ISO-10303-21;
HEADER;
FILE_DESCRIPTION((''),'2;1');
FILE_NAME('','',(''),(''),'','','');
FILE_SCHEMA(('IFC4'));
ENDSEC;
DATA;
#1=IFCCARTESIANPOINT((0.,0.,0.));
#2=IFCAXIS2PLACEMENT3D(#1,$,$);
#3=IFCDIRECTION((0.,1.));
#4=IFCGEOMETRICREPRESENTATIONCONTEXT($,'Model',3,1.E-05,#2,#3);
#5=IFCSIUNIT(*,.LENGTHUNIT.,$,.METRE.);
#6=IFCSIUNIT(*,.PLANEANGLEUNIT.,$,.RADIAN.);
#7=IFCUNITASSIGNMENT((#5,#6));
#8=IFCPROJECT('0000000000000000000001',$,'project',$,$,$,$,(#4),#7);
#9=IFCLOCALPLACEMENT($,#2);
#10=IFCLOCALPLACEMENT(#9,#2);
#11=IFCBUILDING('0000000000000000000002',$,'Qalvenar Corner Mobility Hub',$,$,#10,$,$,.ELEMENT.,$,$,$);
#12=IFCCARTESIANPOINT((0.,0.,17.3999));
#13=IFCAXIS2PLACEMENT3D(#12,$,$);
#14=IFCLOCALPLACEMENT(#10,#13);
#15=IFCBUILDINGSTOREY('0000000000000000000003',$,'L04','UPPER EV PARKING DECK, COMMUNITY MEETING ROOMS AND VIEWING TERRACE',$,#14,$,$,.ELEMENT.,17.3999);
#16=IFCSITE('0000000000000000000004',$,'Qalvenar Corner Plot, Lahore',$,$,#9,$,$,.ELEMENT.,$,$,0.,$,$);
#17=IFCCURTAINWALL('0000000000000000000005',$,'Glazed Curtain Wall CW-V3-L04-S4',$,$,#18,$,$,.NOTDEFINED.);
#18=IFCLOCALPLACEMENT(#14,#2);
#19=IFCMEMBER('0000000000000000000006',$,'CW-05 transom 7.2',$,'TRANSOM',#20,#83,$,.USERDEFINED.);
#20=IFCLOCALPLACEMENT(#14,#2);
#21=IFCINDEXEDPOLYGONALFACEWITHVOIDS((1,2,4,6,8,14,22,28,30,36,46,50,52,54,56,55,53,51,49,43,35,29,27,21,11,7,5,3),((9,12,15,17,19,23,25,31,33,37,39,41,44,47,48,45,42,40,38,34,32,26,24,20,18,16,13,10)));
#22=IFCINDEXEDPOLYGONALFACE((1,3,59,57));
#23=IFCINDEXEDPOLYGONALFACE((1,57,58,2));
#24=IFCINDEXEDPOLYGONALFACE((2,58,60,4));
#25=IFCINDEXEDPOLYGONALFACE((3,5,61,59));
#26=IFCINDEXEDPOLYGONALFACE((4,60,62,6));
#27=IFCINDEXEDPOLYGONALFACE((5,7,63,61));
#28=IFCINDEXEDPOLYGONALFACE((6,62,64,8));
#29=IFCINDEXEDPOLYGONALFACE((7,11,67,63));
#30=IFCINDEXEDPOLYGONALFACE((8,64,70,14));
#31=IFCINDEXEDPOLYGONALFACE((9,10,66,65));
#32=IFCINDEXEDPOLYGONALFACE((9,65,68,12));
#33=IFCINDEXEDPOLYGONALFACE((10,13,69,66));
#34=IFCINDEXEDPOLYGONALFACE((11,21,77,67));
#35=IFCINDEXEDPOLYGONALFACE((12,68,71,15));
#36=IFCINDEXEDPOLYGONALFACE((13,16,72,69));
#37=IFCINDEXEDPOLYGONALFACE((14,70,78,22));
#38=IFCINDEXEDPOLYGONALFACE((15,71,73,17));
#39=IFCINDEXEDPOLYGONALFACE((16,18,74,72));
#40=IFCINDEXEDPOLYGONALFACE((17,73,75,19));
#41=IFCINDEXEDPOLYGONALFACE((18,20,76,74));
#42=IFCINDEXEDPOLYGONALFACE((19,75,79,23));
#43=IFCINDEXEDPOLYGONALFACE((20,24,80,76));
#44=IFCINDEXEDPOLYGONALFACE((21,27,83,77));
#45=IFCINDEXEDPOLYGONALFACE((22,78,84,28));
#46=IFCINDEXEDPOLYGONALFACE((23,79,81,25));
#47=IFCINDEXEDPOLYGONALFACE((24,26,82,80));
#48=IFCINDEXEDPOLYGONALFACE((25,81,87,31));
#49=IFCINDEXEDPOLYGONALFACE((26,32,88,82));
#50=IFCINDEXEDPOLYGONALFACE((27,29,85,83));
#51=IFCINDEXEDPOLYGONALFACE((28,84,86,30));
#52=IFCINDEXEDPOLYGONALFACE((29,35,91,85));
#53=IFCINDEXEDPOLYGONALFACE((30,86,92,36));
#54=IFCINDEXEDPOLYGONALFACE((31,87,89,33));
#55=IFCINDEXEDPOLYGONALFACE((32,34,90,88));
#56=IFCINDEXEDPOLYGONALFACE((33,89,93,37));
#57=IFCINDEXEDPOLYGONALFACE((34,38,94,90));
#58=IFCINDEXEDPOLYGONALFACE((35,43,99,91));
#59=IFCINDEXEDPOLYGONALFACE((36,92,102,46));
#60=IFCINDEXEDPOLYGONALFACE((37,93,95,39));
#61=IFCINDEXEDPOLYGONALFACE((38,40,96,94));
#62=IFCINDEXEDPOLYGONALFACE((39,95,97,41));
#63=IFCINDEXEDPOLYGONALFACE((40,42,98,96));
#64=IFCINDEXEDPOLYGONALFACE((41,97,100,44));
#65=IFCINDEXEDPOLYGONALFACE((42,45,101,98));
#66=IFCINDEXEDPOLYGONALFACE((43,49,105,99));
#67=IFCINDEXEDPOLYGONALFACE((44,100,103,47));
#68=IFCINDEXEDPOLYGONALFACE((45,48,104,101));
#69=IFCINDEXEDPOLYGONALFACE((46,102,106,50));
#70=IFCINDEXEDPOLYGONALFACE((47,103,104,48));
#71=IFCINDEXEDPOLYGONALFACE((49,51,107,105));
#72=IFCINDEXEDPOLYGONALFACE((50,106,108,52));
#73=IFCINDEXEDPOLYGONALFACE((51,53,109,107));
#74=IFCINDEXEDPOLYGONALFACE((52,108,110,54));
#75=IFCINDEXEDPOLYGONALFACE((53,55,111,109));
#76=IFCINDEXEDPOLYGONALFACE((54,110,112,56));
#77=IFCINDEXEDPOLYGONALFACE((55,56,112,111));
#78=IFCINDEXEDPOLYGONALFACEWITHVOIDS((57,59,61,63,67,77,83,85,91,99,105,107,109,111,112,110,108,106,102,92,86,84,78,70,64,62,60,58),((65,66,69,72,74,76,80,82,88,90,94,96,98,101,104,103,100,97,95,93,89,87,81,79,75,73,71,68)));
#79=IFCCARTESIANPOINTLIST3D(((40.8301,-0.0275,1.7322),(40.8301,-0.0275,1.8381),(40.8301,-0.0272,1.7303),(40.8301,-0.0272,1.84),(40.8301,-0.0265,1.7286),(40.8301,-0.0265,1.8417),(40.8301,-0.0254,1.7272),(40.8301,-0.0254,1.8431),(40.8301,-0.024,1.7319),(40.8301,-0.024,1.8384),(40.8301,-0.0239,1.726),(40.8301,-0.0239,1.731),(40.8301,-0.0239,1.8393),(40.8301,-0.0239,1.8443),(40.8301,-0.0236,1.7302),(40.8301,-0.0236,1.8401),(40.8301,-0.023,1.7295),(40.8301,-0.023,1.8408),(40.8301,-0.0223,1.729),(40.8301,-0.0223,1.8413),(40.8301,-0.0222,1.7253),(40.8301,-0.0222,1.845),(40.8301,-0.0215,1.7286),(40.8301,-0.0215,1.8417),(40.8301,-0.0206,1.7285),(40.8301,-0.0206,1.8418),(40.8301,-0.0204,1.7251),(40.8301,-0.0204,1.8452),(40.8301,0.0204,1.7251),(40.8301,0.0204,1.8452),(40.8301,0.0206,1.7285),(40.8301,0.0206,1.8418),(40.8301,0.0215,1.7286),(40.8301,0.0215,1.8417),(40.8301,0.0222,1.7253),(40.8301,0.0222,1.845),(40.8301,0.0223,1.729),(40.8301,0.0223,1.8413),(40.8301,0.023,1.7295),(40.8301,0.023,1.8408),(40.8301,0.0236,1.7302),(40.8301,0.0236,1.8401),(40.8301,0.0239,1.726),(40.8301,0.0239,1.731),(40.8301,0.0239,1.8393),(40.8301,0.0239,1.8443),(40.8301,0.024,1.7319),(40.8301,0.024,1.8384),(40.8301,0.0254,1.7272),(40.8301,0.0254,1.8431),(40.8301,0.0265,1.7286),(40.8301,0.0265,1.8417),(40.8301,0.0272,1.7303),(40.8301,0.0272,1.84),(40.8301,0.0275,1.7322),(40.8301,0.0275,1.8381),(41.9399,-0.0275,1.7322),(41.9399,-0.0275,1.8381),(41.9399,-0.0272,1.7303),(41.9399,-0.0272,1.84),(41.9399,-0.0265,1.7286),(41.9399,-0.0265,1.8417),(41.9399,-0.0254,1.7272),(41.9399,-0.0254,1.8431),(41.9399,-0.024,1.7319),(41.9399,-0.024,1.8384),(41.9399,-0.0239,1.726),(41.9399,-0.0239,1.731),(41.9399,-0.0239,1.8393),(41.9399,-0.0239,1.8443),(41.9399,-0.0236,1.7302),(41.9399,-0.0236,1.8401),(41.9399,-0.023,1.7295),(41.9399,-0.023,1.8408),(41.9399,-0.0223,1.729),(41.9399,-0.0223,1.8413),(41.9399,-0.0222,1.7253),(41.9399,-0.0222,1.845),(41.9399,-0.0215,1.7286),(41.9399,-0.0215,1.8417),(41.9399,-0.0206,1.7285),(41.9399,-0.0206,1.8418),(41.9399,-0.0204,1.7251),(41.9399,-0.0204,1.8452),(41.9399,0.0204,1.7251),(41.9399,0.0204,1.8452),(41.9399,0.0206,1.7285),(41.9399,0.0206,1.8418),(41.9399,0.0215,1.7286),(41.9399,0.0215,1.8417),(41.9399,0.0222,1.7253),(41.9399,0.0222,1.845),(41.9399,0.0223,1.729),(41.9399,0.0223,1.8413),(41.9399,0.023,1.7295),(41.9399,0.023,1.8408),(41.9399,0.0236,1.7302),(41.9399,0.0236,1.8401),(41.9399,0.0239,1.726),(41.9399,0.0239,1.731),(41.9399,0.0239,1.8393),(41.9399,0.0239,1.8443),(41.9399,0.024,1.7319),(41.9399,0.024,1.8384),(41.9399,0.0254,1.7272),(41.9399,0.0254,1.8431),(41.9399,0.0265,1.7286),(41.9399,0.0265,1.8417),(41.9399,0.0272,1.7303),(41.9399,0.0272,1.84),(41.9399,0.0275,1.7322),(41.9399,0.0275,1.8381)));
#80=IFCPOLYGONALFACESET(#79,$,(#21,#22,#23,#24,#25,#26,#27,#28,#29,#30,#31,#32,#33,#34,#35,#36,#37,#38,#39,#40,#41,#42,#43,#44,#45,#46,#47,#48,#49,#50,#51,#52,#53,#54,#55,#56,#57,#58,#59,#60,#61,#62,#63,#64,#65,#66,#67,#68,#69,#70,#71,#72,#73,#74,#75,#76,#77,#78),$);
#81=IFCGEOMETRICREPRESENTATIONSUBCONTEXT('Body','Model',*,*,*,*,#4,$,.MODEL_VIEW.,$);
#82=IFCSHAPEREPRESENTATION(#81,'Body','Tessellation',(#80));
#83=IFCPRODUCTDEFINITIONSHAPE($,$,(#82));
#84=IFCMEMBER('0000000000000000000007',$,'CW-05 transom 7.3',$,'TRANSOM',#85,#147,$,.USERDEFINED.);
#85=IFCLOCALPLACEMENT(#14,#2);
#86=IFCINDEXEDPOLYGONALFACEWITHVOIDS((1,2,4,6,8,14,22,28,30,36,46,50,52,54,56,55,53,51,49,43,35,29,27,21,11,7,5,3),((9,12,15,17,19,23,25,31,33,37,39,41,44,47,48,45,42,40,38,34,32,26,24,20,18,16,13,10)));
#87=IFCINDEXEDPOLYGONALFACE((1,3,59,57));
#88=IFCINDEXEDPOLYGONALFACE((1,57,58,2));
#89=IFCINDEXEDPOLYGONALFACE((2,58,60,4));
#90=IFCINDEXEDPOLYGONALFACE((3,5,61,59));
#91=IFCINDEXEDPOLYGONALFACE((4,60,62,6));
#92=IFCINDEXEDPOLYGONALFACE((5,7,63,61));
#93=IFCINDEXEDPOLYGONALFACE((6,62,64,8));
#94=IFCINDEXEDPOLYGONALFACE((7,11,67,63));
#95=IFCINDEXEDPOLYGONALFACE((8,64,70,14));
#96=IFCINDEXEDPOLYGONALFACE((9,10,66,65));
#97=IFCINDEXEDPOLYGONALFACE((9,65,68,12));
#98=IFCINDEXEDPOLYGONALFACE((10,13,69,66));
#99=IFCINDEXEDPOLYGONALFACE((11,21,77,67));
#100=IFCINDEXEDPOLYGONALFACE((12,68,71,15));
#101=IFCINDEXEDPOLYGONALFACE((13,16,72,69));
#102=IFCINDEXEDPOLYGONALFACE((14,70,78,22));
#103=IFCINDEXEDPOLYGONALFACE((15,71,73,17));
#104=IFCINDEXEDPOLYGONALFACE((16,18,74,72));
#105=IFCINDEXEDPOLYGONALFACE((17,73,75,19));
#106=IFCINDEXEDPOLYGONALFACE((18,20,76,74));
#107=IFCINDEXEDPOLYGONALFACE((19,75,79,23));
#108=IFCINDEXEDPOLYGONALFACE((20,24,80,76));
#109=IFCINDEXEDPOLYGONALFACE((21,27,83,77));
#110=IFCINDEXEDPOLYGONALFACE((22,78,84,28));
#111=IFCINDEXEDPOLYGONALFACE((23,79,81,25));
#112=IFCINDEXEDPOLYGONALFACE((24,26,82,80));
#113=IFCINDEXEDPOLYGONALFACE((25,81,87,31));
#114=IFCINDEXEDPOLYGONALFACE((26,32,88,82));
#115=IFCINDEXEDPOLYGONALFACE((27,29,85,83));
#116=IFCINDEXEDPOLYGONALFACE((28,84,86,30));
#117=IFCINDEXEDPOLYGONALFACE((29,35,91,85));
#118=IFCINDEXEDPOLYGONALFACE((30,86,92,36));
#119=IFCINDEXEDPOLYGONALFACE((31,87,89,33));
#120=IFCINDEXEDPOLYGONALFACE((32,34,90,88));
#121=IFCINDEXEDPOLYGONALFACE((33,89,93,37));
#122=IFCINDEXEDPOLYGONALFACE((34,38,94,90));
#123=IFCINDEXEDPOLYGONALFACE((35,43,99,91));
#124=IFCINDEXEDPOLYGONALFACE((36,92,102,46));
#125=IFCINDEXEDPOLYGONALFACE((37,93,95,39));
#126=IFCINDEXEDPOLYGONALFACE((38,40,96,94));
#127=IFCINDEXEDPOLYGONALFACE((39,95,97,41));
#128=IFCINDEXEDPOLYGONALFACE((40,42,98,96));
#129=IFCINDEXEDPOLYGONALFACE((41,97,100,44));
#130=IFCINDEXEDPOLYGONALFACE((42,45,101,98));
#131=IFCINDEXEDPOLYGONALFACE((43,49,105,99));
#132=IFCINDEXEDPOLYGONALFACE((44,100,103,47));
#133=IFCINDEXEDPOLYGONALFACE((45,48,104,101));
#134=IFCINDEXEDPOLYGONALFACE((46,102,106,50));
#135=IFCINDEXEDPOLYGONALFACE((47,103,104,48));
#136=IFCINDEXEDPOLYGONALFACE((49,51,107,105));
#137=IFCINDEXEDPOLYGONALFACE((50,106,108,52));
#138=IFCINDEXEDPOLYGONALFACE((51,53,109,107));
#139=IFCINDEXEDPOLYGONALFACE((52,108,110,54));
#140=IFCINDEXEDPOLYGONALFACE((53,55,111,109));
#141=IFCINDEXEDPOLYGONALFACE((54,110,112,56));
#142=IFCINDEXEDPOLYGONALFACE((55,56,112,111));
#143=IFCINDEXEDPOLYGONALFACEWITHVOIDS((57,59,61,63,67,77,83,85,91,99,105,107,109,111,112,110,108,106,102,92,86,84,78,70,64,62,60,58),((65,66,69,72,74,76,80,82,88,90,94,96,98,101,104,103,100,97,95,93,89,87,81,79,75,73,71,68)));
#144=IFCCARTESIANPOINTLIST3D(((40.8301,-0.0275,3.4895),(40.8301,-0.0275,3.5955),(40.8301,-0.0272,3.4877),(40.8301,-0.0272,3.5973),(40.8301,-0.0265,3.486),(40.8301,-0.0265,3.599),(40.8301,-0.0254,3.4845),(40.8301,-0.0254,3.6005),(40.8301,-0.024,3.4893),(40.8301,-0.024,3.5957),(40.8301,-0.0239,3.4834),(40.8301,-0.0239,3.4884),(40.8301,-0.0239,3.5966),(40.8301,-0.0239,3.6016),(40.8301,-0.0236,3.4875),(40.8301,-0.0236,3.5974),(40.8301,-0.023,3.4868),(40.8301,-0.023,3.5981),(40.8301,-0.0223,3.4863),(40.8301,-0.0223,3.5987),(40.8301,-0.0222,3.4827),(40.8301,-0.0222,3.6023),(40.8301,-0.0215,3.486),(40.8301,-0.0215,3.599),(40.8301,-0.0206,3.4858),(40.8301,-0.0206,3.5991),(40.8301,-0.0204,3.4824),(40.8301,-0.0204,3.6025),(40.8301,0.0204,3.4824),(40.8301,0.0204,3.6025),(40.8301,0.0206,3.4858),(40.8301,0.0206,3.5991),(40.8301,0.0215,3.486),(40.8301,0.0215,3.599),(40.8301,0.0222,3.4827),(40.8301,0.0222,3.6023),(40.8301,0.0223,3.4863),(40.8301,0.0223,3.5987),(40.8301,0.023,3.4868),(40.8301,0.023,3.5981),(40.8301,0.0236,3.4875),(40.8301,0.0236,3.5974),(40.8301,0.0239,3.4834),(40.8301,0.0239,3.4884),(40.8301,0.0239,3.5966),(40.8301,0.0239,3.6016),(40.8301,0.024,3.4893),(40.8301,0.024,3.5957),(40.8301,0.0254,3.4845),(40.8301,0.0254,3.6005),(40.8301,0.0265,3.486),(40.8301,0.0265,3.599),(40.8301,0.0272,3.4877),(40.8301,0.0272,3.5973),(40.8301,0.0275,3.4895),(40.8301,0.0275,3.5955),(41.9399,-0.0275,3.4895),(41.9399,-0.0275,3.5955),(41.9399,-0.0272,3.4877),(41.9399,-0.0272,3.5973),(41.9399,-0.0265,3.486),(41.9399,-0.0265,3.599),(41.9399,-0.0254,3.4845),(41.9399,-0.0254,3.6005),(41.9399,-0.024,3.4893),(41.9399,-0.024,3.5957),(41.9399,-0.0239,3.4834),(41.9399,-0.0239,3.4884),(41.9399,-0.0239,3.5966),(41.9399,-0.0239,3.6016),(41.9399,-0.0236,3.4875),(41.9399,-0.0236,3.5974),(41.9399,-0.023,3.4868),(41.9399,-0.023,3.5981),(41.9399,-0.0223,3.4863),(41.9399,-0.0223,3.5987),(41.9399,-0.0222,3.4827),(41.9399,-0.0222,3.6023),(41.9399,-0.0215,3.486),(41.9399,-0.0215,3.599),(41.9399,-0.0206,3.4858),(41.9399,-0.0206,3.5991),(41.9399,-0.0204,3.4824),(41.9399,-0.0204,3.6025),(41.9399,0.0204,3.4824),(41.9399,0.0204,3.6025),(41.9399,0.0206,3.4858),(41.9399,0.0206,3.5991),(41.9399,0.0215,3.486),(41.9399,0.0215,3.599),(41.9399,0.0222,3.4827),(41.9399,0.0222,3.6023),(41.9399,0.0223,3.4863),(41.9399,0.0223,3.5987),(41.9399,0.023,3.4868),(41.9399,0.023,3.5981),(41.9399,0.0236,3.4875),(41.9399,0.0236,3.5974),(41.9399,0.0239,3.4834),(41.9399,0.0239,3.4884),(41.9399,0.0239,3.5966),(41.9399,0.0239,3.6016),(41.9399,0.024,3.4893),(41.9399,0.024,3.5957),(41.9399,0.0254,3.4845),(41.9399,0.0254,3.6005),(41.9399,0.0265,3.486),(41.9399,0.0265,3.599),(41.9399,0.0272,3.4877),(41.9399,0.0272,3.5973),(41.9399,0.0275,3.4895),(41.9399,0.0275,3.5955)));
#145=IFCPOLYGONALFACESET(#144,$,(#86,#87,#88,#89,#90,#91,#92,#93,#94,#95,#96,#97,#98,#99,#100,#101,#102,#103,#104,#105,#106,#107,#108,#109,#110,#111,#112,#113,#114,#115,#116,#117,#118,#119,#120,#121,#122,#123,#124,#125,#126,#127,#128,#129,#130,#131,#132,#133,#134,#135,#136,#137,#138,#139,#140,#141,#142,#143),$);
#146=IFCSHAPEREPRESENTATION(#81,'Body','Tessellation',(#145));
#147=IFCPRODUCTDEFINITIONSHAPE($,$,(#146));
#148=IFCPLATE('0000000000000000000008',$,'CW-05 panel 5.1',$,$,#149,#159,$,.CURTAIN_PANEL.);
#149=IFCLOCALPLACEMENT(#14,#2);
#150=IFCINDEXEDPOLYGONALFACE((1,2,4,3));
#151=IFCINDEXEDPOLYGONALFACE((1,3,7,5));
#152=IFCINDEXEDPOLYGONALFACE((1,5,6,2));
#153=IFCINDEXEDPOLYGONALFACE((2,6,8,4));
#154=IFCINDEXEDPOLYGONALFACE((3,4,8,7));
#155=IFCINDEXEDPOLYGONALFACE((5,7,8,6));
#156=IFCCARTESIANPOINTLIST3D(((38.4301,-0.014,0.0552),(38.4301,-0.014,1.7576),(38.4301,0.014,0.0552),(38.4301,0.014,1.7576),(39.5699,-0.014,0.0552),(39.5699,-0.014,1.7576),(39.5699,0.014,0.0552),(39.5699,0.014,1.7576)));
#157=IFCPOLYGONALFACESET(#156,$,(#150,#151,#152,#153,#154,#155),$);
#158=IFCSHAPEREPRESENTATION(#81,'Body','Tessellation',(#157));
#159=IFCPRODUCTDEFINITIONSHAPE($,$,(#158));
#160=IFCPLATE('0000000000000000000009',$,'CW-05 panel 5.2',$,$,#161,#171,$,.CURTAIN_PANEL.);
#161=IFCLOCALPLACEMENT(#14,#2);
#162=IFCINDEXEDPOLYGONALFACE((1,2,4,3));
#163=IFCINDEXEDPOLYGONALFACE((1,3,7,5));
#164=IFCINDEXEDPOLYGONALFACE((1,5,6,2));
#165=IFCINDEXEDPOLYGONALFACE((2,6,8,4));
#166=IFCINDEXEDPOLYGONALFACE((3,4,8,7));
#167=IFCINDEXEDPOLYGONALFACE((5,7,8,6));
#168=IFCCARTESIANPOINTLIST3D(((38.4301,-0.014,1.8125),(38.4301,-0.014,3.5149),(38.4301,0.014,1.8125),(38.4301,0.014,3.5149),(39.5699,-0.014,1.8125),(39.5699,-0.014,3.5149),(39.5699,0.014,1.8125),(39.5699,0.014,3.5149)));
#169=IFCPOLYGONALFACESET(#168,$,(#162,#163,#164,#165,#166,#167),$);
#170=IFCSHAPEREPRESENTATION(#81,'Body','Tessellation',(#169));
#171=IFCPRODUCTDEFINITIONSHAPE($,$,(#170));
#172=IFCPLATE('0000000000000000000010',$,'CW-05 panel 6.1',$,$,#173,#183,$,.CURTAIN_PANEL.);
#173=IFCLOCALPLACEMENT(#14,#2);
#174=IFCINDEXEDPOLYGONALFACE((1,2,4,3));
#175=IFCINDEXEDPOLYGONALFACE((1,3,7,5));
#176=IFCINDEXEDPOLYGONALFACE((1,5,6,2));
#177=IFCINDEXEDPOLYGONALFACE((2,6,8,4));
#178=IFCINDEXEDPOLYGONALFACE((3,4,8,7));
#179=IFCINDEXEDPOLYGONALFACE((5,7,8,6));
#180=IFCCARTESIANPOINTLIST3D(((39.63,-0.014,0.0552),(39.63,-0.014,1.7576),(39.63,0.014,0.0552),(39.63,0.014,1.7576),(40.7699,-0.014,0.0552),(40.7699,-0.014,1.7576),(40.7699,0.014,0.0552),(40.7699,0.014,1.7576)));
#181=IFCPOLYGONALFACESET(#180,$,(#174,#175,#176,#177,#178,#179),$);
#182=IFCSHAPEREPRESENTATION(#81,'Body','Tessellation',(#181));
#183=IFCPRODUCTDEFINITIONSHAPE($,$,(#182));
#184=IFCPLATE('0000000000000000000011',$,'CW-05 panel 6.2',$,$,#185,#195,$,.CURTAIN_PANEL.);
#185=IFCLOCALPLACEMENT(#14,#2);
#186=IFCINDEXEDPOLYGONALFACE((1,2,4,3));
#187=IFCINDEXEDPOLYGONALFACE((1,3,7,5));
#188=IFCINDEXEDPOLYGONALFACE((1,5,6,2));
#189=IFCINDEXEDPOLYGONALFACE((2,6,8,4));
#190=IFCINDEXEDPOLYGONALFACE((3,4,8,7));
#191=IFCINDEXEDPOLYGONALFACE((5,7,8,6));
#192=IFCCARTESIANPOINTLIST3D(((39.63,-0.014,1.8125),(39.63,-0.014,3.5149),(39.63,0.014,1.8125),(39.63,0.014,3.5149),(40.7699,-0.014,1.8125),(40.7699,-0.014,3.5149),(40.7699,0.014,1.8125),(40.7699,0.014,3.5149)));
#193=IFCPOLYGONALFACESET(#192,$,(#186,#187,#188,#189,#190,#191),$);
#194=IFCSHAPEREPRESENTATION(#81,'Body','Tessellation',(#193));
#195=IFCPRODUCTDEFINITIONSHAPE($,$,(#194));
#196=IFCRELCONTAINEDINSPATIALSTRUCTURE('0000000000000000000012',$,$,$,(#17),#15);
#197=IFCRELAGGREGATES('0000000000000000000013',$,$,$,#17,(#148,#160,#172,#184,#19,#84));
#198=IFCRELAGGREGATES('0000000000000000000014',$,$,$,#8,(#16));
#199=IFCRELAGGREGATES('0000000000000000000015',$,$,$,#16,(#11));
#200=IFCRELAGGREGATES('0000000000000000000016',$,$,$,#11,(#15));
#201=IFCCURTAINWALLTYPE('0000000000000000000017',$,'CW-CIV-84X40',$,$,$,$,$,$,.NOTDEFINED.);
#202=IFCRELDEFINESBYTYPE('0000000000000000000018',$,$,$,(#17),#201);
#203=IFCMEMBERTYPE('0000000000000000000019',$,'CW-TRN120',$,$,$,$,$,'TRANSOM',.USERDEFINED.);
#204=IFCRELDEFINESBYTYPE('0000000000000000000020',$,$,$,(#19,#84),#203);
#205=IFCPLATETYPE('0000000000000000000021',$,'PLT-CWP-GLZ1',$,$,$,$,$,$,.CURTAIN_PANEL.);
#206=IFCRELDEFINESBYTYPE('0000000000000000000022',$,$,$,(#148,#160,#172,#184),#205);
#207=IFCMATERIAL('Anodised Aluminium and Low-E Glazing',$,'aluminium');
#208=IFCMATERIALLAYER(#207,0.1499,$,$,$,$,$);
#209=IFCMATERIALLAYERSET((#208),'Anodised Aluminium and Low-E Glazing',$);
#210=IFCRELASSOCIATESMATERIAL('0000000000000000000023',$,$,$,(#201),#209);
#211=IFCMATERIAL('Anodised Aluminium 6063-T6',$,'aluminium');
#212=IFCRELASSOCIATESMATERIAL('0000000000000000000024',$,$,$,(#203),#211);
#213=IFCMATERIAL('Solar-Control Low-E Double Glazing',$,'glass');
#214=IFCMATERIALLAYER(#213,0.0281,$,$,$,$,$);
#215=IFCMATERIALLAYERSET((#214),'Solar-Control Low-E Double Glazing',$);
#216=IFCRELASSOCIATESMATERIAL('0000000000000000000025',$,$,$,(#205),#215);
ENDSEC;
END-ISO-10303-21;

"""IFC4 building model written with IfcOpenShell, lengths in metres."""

from ifc_helpers import new_model, si_unit, direction, frame, origin, origin_2d, place, context, subcontext, project, spatial, rectangle, hollow_rectangle, extrude, material, layer, layer_set, material_profile, profile_set, type_object, element, aggregate, save


model = new_model("IFC4")

# Units and contexts
model_context = context("Model", 3, precision=1e-05, world=origin(), true_north=direction((0.0, 1.0)))
body_context = subcontext(model_context, "Body", "Model", "MODEL_VIEW")
ifc_project = project(units=[si_unit("LENGTHUNIT", "METRE"), si_unit("PLANEANGLEUNIT", "RADIAN")], contexts=[model_context])

# Site, building, storey
site_placement = place(None, origin())
site = spatial("IfcSite", under=ifc_project, at=site_placement, Name="Qalvenar Corner Plot, Lahore", CompositionType="ELEMENT", RefElevation=0.0)
building_placement = place(site_placement, origin())
building = spatial("IfcBuilding", under=site, at=building_placement, Name="Qalvenar Corner Mobility Hub", CompositionType="ELEMENT")
storey_placement = place(building_placement, frame((0.0, 0.0, 17.3999)))
storey = spatial("IfcBuildingStorey", under=building, at=storey_placement, Name="L04", Description="UPPER EV PARKING DECK, COMMUNITY MEETING ROOMS AND VIEWING TERRACE", CompositionType="ELEMENT", Elevation=17.3999)

# Curtain wall, members, plates
ifc_material_1 = material(Name="Anodised Aluminium and Low-E Glazing", Category="aluminium")
ifc_layer_1 = layer(ifc_material_1, 0.1499)
ifc_layer_set_1 = layer_set([ifc_layer_1], Name="Anodised Aluminium and Low-E Glazing")
curtain_wall_type = type_object("IfcCurtainWallType", Name="CW-CIV-84X40", PredefinedType="NOTDEFINED", material=ifc_layer_set_1)
curtain_wall_placement = place(storey_placement, origin())
curtain_wall = element("IfcCurtainWall", 1, at=curtain_wall_placement, inside=storey, type_object=curtain_wall_type, Name="Glazed Curtain Wall CW-V3-L04-S4", PredefinedType="NOTDEFINED")
ifc_material_2 = material(Name="Anodised Aluminium 6063-T6", Category="aluminium")
ifc_material_profile_1 = material_profile(ifc_material_2, hollow_rectangle(XDim=0.0549, YDim=0.1201, WallThickness=0.0034, InnerFilletRadius=0.0034, OuterFilletRadius=0.0071, at=origin_2d()), Name="RHS120x55x3.5")
ifc_profile_set_1 = profile_set([ifc_material_profile_1], Name="Anodised Aluminium 6063-T6")
member_type_1 = type_object("IfcMemberType", Name="CW-TRN120", ElementType="TRANSOM", PredefinedType="USERDEFINED", material=ifc_profile_set_1)
member_1_placement = place(storey_placement, frame((40.8301, 0.0, 1.7852), z_axis=(1.0, 0.0, 0.0), x_axis=(0.0, 1.0, 0.0)))
member_1 = element("IfcMember", 2, at=member_1_placement, type_object=member_type_1, Name="CW-05 transom 7.2", ObjectType="TRANSOM", PredefinedType="USERDEFINED", context=body_context, shape_type="SweptSolid", body=[
    extrude(hollow_rectangle(XDim=0.0549, YDim=0.1201, WallThickness=0.0034, InnerFilletRadius=0.0034, OuterFilletRadius=0.0071, at=origin_2d()), origin(), (0.0, 0.0, 1.0), 1.1099),
])
member_2_placement = place(storey_placement, frame((40.8301, 0.0, 3.5425), z_axis=(1.0, 0.0, 0.0), x_axis=(0.0, 1.0, 0.0)))
member_2 = element("IfcMember", 3, at=member_2_placement, type_object=member_type_1, Name="CW-05 transom 7.3", ObjectType="TRANSOM", PredefinedType="USERDEFINED", context=body_context, shape_type="SweptSolid", body=[
    extrude(hollow_rectangle(XDim=0.0549, YDim=0.1201, WallThickness=0.0034, InnerFilletRadius=0.0034, OuterFilletRadius=0.0071, at=origin_2d()), origin(), (0.0, 0.0, 1.0), 1.1099),
])
ifc_material_3 = material(Name="Solar-Control Low-E Double Glazing", Category="glass")
ifc_layer_2 = layer(ifc_material_3, 0.0281)
ifc_layer_set_2 = layer_set([ifc_layer_2], Name="Solar-Control Low-E Double Glazing")
plate_type = type_object("IfcPlateType", Name="PLT-CWP-GLZ1", PredefinedType="CURTAIN_PANEL", material=ifc_layer_set_2)
plate_1_placement = place(storey_placement, frame((39.0, 0.0, 0.0552), z_axis=(0.0, 0.0, 1.0), x_axis=(1.0, 0.0, 0.0)))
plate_1 = element("IfcPlate", 4, at=plate_1_placement, type_object=plate_type, Name="CW-05 panel 5.1", PredefinedType="CURTAIN_PANEL", context=body_context, shape_type="SweptSolid", body=[
    extrude(rectangle(XDim=1.1399, YDim=0.0281, at=origin_2d()), origin(), (0.0, 0.0, 1.0), 1.7024),
])
plate_2_placement = place(storey_placement, frame((39.0, 0.0, 1.8125), z_axis=(0.0, 0.0, 1.0), x_axis=(1.0, 0.0, 0.0)))
plate_2 = element("IfcPlate", 5, at=plate_2_placement, type_object=plate_type, Name="CW-05 panel 5.2", PredefinedType="CURTAIN_PANEL", context=body_context, shape_type="SweptSolid", body=[
    extrude(rectangle(XDim=1.1399, YDim=0.0281, at=origin_2d()), origin(), (0.0, 0.0, 1.0), 1.7024),
])
plate_3_placement = place(storey_placement, frame((40.2, 0.0, 0.0552), z_axis=(0.0, 0.0, 1.0), x_axis=(1.0, 0.0, 0.0)))
plate_3 = element("IfcPlate", 6, at=plate_3_placement, type_object=plate_type, Name="CW-05 panel 6.1", PredefinedType="CURTAIN_PANEL", context=body_context, shape_type="SweptSolid", body=[
    extrude(rectangle(XDim=1.1399, YDim=0.0281, at=origin_2d()), origin(), (0.0, 0.0, 1.0), 1.7024),
])
plate_4_placement = place(storey_placement, frame((40.2, 0.0, 1.8125), z_axis=(0.0, 0.0, 1.0), x_axis=(1.0, 0.0, 0.0)))
plate_4 = element("IfcPlate", 7, at=plate_4_placement, type_object=plate_type, Name="CW-05 panel 6.2", PredefinedType="CURTAIN_PANEL", context=body_context, shape_type="SweptSolid", body=[
    extrude(rectangle(XDim=1.1399, YDim=0.0281, at=origin_2d()), origin(), (0.0, 0.0, 1.0), 1.7024),
])
aggregate(curtain_wall, [plate_1, plate_2, plate_3, plate_4, member_1, member_2])

save(model, "model.ifc")
